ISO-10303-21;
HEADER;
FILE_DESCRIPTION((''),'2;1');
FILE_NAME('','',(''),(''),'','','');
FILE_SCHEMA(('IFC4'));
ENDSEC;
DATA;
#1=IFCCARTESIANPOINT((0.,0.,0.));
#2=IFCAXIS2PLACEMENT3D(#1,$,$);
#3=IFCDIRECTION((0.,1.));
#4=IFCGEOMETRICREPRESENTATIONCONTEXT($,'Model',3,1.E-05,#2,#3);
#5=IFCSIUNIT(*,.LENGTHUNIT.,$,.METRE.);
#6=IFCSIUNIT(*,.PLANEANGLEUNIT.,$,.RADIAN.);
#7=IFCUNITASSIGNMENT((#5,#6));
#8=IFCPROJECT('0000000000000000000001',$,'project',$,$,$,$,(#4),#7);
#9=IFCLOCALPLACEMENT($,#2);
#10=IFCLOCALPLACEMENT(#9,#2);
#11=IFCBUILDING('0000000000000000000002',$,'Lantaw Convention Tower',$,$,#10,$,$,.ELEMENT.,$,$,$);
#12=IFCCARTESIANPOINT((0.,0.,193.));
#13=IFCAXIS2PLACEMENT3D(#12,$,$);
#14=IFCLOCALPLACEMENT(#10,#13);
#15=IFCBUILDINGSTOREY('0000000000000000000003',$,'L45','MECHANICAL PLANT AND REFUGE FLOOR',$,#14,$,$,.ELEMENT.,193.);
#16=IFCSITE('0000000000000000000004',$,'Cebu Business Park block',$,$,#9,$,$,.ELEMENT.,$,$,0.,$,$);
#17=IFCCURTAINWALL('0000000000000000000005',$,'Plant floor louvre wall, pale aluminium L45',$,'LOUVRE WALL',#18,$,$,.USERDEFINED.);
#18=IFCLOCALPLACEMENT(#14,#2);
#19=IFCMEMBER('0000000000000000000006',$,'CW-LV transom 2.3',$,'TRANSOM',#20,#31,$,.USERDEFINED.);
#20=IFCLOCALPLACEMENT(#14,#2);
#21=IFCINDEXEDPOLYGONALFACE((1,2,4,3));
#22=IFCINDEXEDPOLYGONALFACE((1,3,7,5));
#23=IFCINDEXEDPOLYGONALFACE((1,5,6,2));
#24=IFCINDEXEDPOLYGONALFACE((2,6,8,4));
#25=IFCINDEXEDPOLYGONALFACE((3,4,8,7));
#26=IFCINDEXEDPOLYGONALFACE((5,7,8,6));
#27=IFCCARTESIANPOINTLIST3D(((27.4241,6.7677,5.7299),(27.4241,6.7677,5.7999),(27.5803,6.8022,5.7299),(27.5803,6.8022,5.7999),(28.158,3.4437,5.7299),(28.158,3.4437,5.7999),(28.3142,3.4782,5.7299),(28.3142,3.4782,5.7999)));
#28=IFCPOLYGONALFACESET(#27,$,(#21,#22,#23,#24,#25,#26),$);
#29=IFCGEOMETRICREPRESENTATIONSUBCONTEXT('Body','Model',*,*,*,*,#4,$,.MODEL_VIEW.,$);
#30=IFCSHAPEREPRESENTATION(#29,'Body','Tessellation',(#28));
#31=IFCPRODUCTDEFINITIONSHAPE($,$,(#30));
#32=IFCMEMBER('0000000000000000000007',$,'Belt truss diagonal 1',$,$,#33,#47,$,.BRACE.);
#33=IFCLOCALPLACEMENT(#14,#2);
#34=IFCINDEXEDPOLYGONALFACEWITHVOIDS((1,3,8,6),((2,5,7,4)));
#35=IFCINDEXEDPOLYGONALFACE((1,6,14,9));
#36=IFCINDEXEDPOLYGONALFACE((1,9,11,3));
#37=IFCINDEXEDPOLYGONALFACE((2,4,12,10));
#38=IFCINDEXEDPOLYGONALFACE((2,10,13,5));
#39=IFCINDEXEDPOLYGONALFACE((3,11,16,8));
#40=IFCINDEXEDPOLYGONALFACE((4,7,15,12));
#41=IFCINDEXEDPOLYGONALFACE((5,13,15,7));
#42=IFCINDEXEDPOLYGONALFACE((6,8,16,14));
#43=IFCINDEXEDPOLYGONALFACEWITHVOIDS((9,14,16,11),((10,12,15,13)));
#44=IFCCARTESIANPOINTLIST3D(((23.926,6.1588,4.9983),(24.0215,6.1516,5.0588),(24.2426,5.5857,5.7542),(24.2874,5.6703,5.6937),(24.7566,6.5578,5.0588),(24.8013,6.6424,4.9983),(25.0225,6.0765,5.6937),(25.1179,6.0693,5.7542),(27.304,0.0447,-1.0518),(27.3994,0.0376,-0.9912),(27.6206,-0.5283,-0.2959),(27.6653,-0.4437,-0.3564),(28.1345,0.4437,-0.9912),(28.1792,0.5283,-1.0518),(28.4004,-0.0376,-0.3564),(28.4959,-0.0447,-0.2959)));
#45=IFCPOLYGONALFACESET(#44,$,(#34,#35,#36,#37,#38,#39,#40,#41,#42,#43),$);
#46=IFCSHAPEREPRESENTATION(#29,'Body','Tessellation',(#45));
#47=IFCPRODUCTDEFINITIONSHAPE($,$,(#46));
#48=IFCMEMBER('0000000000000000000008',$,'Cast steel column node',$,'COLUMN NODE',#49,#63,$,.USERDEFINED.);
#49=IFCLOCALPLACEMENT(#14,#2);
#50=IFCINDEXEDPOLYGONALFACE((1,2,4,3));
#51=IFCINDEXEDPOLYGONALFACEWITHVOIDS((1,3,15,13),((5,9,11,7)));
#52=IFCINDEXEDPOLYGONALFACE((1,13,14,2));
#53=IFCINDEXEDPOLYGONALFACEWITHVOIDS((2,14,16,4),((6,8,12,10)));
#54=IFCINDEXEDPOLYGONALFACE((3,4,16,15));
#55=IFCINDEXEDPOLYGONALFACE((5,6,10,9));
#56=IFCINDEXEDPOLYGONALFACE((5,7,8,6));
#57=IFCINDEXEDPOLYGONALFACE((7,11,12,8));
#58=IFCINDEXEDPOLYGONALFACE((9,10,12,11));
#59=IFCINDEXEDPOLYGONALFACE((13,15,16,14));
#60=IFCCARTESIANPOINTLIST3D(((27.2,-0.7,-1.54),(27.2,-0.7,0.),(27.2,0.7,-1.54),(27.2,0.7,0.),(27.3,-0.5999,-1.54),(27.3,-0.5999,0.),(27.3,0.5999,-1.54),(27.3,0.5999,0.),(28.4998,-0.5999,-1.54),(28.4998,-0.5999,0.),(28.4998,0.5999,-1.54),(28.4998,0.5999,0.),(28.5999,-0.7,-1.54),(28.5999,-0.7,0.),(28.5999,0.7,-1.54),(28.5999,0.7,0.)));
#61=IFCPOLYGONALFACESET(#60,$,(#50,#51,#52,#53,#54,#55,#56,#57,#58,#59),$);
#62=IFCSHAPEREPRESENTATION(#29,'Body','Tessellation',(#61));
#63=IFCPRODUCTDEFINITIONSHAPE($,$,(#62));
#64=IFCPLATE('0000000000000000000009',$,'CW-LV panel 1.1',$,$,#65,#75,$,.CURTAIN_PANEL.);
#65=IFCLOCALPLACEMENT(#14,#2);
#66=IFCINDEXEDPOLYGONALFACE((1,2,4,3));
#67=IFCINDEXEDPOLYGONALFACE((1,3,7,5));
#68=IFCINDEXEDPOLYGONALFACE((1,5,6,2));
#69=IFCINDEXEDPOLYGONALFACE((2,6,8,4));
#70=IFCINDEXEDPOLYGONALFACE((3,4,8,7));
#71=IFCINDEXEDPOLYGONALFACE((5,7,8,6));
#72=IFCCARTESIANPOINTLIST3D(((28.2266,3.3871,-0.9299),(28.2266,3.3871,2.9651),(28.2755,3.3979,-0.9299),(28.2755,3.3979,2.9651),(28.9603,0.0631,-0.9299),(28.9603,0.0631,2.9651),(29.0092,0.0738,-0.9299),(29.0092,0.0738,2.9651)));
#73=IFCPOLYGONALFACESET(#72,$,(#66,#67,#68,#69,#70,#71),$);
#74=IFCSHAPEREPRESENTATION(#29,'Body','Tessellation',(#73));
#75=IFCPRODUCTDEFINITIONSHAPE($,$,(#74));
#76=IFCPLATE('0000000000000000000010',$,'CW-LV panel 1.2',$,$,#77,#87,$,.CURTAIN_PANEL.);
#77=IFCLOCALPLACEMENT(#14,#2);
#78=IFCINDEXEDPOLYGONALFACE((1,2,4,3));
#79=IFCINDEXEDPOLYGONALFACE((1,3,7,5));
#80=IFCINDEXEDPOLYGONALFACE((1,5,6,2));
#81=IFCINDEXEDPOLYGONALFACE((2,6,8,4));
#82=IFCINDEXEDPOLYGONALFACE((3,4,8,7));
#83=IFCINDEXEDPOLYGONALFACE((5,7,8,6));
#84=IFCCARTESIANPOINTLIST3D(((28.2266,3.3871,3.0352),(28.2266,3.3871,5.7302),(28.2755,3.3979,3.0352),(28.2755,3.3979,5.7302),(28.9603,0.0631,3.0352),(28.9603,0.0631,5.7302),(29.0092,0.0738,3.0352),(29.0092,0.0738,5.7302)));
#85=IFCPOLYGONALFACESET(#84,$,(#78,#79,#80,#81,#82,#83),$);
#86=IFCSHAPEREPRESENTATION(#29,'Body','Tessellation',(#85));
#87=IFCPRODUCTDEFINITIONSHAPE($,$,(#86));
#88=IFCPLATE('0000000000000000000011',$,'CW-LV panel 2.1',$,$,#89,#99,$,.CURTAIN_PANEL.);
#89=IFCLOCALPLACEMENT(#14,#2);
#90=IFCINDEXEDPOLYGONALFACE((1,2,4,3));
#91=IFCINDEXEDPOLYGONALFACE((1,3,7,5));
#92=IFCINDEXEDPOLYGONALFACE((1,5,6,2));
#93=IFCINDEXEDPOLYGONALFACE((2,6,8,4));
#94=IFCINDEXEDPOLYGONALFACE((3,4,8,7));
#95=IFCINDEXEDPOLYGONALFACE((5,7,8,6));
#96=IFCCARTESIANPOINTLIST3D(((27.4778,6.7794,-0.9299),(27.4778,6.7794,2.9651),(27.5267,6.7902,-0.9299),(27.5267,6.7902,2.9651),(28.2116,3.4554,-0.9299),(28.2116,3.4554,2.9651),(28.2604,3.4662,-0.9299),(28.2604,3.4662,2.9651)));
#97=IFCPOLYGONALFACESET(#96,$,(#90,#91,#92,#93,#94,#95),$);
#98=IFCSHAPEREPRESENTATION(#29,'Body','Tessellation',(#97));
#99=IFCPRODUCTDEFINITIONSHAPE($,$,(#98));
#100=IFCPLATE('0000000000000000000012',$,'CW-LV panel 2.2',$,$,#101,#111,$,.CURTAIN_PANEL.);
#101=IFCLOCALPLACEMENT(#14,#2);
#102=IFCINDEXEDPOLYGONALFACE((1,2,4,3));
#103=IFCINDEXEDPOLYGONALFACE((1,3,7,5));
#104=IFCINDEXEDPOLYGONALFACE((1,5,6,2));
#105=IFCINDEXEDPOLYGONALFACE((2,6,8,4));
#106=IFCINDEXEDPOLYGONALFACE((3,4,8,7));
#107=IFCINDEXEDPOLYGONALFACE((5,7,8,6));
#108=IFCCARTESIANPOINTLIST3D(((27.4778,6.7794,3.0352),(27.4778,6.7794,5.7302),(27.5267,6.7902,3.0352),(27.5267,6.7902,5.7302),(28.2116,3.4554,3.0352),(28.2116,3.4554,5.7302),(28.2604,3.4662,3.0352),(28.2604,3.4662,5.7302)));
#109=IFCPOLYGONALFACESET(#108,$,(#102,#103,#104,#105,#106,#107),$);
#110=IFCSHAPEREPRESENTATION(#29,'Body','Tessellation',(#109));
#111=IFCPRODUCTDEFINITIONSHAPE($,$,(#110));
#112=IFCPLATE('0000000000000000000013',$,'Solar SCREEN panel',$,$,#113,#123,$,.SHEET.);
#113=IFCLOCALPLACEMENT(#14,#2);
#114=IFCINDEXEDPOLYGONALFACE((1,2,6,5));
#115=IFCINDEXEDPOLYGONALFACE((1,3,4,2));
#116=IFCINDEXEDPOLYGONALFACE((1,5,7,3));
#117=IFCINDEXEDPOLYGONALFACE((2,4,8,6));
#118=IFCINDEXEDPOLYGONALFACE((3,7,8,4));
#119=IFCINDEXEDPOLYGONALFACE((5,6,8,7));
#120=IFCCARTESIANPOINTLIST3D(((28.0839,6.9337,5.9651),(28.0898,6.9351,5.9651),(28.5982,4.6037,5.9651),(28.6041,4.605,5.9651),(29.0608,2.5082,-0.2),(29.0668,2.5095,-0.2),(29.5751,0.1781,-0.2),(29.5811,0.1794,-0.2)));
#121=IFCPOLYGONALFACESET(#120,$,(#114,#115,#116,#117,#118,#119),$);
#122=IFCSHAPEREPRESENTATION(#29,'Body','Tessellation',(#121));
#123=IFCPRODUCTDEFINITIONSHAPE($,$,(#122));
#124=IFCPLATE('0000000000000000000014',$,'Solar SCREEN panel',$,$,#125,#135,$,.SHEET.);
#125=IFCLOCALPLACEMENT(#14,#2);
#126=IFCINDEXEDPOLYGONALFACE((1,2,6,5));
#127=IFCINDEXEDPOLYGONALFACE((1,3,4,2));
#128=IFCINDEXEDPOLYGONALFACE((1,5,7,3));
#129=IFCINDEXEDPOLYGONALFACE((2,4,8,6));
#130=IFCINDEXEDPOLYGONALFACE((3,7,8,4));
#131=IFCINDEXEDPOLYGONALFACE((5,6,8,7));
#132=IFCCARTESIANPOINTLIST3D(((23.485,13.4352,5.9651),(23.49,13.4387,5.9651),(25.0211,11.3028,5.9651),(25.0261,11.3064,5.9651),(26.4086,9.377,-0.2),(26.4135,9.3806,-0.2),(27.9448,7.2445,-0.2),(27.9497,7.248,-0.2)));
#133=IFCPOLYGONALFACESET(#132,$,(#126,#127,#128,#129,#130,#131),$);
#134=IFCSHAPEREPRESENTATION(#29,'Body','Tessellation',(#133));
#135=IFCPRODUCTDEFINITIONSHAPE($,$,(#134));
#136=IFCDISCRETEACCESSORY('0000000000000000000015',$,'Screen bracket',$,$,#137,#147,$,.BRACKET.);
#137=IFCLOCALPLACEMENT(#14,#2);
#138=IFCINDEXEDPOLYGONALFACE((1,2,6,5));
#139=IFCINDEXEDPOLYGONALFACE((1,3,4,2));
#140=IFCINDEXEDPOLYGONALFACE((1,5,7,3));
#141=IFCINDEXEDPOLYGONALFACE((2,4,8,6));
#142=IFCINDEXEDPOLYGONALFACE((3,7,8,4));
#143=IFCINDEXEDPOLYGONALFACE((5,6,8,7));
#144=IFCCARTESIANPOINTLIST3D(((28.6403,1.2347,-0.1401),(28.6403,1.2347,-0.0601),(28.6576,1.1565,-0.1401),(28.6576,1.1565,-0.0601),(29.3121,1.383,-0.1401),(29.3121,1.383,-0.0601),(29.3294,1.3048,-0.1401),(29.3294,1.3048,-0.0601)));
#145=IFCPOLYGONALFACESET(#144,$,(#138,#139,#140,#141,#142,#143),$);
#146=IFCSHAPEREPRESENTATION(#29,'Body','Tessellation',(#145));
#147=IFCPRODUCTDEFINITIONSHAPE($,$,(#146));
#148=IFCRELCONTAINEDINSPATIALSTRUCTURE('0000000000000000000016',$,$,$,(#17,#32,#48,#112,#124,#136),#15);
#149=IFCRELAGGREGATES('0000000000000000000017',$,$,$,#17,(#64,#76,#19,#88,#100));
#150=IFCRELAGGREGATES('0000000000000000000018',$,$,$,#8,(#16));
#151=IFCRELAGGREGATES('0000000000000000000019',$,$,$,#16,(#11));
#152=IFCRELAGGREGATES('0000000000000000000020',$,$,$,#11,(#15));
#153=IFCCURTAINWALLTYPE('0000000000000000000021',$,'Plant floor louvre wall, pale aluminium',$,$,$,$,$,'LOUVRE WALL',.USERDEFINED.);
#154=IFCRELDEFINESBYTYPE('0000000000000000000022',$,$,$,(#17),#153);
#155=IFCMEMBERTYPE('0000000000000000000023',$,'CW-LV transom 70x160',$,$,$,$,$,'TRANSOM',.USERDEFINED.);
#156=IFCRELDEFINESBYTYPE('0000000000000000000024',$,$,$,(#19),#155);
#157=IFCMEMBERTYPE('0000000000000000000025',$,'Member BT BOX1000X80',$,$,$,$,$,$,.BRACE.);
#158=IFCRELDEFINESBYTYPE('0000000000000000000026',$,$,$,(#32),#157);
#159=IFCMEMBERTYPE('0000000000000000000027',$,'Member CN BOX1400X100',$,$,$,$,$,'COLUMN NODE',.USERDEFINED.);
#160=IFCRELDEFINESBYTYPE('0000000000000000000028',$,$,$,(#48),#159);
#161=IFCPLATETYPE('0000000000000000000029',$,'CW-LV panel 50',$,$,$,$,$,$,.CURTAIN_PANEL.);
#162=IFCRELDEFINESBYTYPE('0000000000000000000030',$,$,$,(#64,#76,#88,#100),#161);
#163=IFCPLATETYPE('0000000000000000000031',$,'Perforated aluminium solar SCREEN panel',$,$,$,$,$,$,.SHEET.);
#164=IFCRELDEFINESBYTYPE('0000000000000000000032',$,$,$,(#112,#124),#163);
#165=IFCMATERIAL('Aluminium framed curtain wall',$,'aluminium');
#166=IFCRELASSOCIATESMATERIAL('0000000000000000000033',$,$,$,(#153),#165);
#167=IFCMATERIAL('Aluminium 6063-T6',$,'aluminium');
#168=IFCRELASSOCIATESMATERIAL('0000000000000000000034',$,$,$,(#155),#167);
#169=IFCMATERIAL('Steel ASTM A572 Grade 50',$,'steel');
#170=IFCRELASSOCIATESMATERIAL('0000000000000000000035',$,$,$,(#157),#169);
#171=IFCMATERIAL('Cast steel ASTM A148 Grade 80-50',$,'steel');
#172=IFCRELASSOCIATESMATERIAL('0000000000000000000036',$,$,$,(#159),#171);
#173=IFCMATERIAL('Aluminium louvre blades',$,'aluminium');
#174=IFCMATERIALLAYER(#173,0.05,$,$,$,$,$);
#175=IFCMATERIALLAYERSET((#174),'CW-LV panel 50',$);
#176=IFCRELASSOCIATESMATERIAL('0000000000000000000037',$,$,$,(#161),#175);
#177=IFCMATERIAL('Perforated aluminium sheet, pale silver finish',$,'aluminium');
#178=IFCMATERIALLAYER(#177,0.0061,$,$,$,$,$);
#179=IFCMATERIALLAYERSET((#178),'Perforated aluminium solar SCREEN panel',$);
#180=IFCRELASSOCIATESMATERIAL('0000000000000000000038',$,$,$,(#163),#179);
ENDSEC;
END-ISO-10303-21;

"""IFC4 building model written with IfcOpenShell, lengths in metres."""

from ifc_helpers import new_model, si_unit, direction, frame, origin, origin_2d, place, context, subcontext, project, spatial, polyline, rectangle, hollow_rectangle, outline, extrude, material, layer, layer_set, material_profile, profile_set, type_object, element, aggregate, save


model = new_model("IFC4")

# Units and contexts
model_context = context("Model", 3, precision=1e-05, world=origin(), true_north=direction((0.0, 1.0)))
body_context = subcontext(model_context, "Body", "Model", "MODEL_VIEW")
ifc_project = project(units=[si_unit("LENGTHUNIT", "METRE"), si_unit("PLANEANGLEUNIT", "RADIAN")], contexts=[model_context])

# Site, building, storey
site_placement = place(None, origin())
site = spatial("IfcSite", under=ifc_project, at=site_placement, Name="Cebu Business Park block", CompositionType="ELEMENT", RefElevation=0.0)
building_placement = place(site_placement, origin())
building = spatial("IfcBuilding", under=site, at=building_placement, Name="Lantaw Convention Tower", CompositionType="ELEMENT")
storey_placement = place(building_placement, frame((0.0, 0.0, 193.0)))
storey = spatial("IfcBuildingStorey", under=building, at=storey_placement, Name="L45", Description="MECHANICAL PLANT AND REFUGE FLOOR", CompositionType="ELEMENT", Elevation=193.0)

# Curtain wall
ifc_material_1 = material(Name="Aluminium framed curtain wall", Category="aluminium")
curtain_wall_type = type_object("IfcCurtainWallType", Name="Plant floor louvre wall, pale aluminium", ElementType="LOUVRE WALL", PredefinedType="USERDEFINED", material=ifc_material_1)
curtain_wall_1_placement = place(storey_placement, origin())
curtain_wall_1 = element("IfcCurtainWall", 1, at=curtain_wall_1_placement, inside=storey, type_object=curtain_wall_type, Name="Plant floor louvre wall, pale aluminium L45", ObjectType="LOUVRE WALL", PredefinedType="USERDEFINED")
ifc_material_2 = material(Name="Aluminium 6063-T6", Category="aluminium")

# Member
ifc_material_profile_1 = material_profile(ifc_material_2, rectangle(XDim=0.1599, YDim=0.0701, at=origin_2d()), Name="CW-LV transom 70x160")
ifc_profile_set_1 = profile_set([ifc_material_profile_1], Name="Aluminium 6063-T6")
member_type_1 = type_object("IfcMemberType", Name="CW-LV transom 70x160", ElementType="TRANSOM", PredefinedType="USERDEFINED", material=ifc_profile_set_1)
member_1_placement = place(storey_placement, frame((28.2361, 3.4609, 5.7649), z_axis=(-0.215594, 0.976483, 0.0), x_axis=(-0.976483, -0.215594, 0.0)))
member_1 = element("IfcMember", 2, at=member_1_placement, type_object=member_type_1, Name="CW-LV transom 2.3", ObjectType="TRANSOM", PredefinedType="USERDEFINED", context=body_context, shape_type="SweptSolid", body=[
    extrude(rectangle(XDim=0.1599, YDim=0.0701, at=origin_2d()), origin(), (0.0, 0.0, 1.0), 3.4041),
])

# Members
ifc_material_3 = material(Name="Steel ASTM A572 Grade 50", Category="steel")
ifc_material_profile_2 = material_profile(ifc_material_3, hollow_rectangle(XDim=1.0, YDim=1.0, WallThickness=0.0801, at=origin_2d()), Name="BOX1000X80")
ifc_profile_set_2 = profile_set([ifc_material_profile_2], Name="Steel ASTM A572 Grade 50")
member_type_2 = type_object("IfcMemberType", Name="Member BT BOX1000X80", PredefinedType="BRACE", material=ifc_profile_set_2)
member_2_placement = place(storey_placement, frame((27.8999, 0.0, -0.6738), z_axis=(-0.36554, 0.661624, 0.654702), x_axis=(-0.875294, -0.483591, 0.0)))
element("IfcMember", 3, at=member_2_placement, inside=storey, type_object=member_type_2, Name="Belt truss diagonal 1", PredefinedType="BRACE", context=body_context, shape_type="SweptSolid", body=[
    extrude(hollow_rectangle(XDim=1.0, YDim=1.0, WallThickness=0.0801, at=origin_2d()), origin(), (0.0, 0.0, 1.0), 9.241),
])
ifc_material_4 = material(Name="Cast steel ASTM A148 Grade 80-50", Category="steel")
ifc_material_profile_3 = material_profile(ifc_material_4, hollow_rectangle(XDim=1.3999, YDim=1.3999, WallThickness=0.1001, at=origin_2d()), Name="BOX1400X100")
ifc_profile_set_3 = profile_set([ifc_material_profile_3], Name="Cast steel ASTM A148 Grade 80-50")
member_type_3 = type_object("IfcMemberType", Name="Member CN BOX1400X100", ElementType="COLUMN NODE", PredefinedType="USERDEFINED", material=ifc_profile_set_3)
member_3_placement = place(storey_placement, frame((27.8999, 0.0, -1.54), z_axis=(0.0, 0.0, 1.0), x_axis=(1.0, 0.0, 0.0)))
element("IfcMember", 4, at=member_3_placement, inside=storey, type_object=member_type_3, Name="Cast steel column node", ObjectType="COLUMN NODE", PredefinedType="USERDEFINED", context=body_context, shape_type="SweptSolid", body=[
    extrude(hollow_rectangle(XDim=1.3999, YDim=1.3999, WallThickness=0.1001, at=origin_2d()), origin(), (0.0, 0.0, 1.0), 1.54),
])

# Plates
ifc_material_5 = material(Name="Aluminium louvre blades", Category="aluminium")
ifc_layer_1 = layer(ifc_material_5, 0.05)
ifc_layer_set_1 = layer_set([ifc_layer_1], Name="CW-LV panel 50")
plate_type_1 = type_object("IfcPlateType", Name="CW-LV panel 50", PredefinedType="CURTAIN_PANEL", material=ifc_layer_set_1)
plate_1_placement = place(storey_placement, frame((28.6179, 1.7305, -0.9299), z_axis=(0.0, 0.0, 1.0), x_axis=(-0.215546, 0.976494, 0.0)))
plate_1 = element("IfcPlate", 5, at=plate_1_placement, type_object=plate_type_1, Name="CW-LV panel 1.1", PredefinedType="CURTAIN_PANEL", context=body_context, shape_type="SweptSolid", body=[
    extrude(rectangle(XDim=3.4041, YDim=0.05, at=origin_2d()), origin(), (0.0, 0.0, 1.0), 3.895),
])
plate_2_placement = place(storey_placement, frame((28.6179, 1.7305, 3.0352), z_axis=(0.0, 0.0, 1.0), x_axis=(-0.215546, 0.976494, 0.0)))
plate_2 = element("IfcPlate", 6, at=plate_2_placement, type_object=plate_type_1, Name="CW-LV panel 1.2", PredefinedType="CURTAIN_PANEL", context=body_context, shape_type="SweptSolid", body=[
    extrude(rectangle(XDim=3.4041, YDim=0.05, at=origin_2d()), origin(), (0.0, 0.0, 1.0), 2.6951),
])
plate_3_placement = place(storey_placement, frame((27.8691, 5.1228, -0.9299), z_axis=(0.0, 0.0, 1.0), x_axis=(-0.215546, 0.976494, 0.0)))
plate_3 = element("IfcPlate", 7, at=plate_3_placement, type_object=plate_type_1, Name="CW-LV panel 2.1", PredefinedType="CURTAIN_PANEL", context=body_context, shape_type="SweptSolid", body=[
    extrude(rectangle(XDim=3.4041, YDim=0.05, at=origin_2d()), origin(), (0.0, 0.0, 1.0), 3.895),
])
plate_4_placement = place(storey_placement, frame((27.8691, 5.1228, 3.0352), z_axis=(0.0, 0.0, 1.0), x_axis=(-0.215546, 0.976494, 0.0)))
plate_4 = element("IfcPlate", 8, at=plate_4_placement, type_object=plate_type_1, Name="CW-LV panel 2.2", PredefinedType="CURTAIN_PANEL", context=body_context, shape_type="SweptSolid", body=[
    extrude(rectangle(XDim=3.4041, YDim=0.05, at=origin_2d()), origin(), (0.0, 0.0, 1.0), 2.6951),
])
aggregate(curtain_wall_1, [plate_1, plate_2, member_1, plate_3, plate_4])

# Plates
ifc_material_6 = material(Name="Perforated aluminium sheet, pale silver finish", Category="aluminium")
ifc_layer_2 = layer(ifc_material_6, 0.0061)
ifc_layer_set_2 = layer_set([ifc_layer_2], Name="Perforated aluminium solar SCREEN panel")
plate_type_2 = type_object("IfcPlateType", Name="Perforated aluminium solar SCREEN panel", PredefinedType="SHEET", material=ifc_layer_set_2)
plate_5_placement = place(storey_placement, frame((29.5811, 0.1794, -0.2), z_axis=(0.976498, 0.215527, 0.000023), x_axis=(-0.215527, 0.976498, 0.0)))
element("IfcPlate", 9, at=plate_5_placement, inside=storey, type_object=plate_type_2, Name="Solar SCREEN panel", PredefinedType="SHEET", context=body_context, shape_type="SweptSolid", body=[
    extrude(outline(polyline([(0.0, 0.0), (2.3862, 0.0), (6.9182, 6.165), (4.5321, 6.165), (0.0, 0.0)])), origin(), (0.0, 0.0, -1.0), 0.0061),
])
plate_6_placement = place(storey_placement, frame((27.9497, 7.248, -0.2), z_axis=(0.811395, 0.584498, 0.000025), x_axis=(-0.584498, 0.811395, 0.0)))
element("IfcPlate", 10, at=plate_6_placement, inside=storey, type_object=plate_type_2, Name="Solar SCREEN panel", PredefinedType="SHEET", context=body_context, shape_type="SweptSolid", body=[
    extrude(outline(polyline([(0.0, 0.0), (2.6282, 0.0), (7.6298, 6.165), (5.0018, 6.165), (0.0, 0.0)])), origin(), (0.0, 0.0, -1.0), 0.0061),
])

# Discrete accessory
discrete_accessory_placement = place(storey_placement, frame((28.9849, 1.2698, -0.1401), z_axis=(0.0, 0.0, 1.0), x_axis=(-0.215546, 0.976494, 0.0)))
element("IfcDiscreteAccessory", 11, at=discrete_accessory_placement, inside=storey, Name="Screen bracket", PredefinedType="BRACKET", context=body_context, shape_type="SweptSolid", body=[
    extrude(rectangle(XDim=0.0801, YDim=0.688, at=origin_2d()), origin(), (0.0, 0.0, 1.0), 0.0801),
])

save(model, "model.ifc")
